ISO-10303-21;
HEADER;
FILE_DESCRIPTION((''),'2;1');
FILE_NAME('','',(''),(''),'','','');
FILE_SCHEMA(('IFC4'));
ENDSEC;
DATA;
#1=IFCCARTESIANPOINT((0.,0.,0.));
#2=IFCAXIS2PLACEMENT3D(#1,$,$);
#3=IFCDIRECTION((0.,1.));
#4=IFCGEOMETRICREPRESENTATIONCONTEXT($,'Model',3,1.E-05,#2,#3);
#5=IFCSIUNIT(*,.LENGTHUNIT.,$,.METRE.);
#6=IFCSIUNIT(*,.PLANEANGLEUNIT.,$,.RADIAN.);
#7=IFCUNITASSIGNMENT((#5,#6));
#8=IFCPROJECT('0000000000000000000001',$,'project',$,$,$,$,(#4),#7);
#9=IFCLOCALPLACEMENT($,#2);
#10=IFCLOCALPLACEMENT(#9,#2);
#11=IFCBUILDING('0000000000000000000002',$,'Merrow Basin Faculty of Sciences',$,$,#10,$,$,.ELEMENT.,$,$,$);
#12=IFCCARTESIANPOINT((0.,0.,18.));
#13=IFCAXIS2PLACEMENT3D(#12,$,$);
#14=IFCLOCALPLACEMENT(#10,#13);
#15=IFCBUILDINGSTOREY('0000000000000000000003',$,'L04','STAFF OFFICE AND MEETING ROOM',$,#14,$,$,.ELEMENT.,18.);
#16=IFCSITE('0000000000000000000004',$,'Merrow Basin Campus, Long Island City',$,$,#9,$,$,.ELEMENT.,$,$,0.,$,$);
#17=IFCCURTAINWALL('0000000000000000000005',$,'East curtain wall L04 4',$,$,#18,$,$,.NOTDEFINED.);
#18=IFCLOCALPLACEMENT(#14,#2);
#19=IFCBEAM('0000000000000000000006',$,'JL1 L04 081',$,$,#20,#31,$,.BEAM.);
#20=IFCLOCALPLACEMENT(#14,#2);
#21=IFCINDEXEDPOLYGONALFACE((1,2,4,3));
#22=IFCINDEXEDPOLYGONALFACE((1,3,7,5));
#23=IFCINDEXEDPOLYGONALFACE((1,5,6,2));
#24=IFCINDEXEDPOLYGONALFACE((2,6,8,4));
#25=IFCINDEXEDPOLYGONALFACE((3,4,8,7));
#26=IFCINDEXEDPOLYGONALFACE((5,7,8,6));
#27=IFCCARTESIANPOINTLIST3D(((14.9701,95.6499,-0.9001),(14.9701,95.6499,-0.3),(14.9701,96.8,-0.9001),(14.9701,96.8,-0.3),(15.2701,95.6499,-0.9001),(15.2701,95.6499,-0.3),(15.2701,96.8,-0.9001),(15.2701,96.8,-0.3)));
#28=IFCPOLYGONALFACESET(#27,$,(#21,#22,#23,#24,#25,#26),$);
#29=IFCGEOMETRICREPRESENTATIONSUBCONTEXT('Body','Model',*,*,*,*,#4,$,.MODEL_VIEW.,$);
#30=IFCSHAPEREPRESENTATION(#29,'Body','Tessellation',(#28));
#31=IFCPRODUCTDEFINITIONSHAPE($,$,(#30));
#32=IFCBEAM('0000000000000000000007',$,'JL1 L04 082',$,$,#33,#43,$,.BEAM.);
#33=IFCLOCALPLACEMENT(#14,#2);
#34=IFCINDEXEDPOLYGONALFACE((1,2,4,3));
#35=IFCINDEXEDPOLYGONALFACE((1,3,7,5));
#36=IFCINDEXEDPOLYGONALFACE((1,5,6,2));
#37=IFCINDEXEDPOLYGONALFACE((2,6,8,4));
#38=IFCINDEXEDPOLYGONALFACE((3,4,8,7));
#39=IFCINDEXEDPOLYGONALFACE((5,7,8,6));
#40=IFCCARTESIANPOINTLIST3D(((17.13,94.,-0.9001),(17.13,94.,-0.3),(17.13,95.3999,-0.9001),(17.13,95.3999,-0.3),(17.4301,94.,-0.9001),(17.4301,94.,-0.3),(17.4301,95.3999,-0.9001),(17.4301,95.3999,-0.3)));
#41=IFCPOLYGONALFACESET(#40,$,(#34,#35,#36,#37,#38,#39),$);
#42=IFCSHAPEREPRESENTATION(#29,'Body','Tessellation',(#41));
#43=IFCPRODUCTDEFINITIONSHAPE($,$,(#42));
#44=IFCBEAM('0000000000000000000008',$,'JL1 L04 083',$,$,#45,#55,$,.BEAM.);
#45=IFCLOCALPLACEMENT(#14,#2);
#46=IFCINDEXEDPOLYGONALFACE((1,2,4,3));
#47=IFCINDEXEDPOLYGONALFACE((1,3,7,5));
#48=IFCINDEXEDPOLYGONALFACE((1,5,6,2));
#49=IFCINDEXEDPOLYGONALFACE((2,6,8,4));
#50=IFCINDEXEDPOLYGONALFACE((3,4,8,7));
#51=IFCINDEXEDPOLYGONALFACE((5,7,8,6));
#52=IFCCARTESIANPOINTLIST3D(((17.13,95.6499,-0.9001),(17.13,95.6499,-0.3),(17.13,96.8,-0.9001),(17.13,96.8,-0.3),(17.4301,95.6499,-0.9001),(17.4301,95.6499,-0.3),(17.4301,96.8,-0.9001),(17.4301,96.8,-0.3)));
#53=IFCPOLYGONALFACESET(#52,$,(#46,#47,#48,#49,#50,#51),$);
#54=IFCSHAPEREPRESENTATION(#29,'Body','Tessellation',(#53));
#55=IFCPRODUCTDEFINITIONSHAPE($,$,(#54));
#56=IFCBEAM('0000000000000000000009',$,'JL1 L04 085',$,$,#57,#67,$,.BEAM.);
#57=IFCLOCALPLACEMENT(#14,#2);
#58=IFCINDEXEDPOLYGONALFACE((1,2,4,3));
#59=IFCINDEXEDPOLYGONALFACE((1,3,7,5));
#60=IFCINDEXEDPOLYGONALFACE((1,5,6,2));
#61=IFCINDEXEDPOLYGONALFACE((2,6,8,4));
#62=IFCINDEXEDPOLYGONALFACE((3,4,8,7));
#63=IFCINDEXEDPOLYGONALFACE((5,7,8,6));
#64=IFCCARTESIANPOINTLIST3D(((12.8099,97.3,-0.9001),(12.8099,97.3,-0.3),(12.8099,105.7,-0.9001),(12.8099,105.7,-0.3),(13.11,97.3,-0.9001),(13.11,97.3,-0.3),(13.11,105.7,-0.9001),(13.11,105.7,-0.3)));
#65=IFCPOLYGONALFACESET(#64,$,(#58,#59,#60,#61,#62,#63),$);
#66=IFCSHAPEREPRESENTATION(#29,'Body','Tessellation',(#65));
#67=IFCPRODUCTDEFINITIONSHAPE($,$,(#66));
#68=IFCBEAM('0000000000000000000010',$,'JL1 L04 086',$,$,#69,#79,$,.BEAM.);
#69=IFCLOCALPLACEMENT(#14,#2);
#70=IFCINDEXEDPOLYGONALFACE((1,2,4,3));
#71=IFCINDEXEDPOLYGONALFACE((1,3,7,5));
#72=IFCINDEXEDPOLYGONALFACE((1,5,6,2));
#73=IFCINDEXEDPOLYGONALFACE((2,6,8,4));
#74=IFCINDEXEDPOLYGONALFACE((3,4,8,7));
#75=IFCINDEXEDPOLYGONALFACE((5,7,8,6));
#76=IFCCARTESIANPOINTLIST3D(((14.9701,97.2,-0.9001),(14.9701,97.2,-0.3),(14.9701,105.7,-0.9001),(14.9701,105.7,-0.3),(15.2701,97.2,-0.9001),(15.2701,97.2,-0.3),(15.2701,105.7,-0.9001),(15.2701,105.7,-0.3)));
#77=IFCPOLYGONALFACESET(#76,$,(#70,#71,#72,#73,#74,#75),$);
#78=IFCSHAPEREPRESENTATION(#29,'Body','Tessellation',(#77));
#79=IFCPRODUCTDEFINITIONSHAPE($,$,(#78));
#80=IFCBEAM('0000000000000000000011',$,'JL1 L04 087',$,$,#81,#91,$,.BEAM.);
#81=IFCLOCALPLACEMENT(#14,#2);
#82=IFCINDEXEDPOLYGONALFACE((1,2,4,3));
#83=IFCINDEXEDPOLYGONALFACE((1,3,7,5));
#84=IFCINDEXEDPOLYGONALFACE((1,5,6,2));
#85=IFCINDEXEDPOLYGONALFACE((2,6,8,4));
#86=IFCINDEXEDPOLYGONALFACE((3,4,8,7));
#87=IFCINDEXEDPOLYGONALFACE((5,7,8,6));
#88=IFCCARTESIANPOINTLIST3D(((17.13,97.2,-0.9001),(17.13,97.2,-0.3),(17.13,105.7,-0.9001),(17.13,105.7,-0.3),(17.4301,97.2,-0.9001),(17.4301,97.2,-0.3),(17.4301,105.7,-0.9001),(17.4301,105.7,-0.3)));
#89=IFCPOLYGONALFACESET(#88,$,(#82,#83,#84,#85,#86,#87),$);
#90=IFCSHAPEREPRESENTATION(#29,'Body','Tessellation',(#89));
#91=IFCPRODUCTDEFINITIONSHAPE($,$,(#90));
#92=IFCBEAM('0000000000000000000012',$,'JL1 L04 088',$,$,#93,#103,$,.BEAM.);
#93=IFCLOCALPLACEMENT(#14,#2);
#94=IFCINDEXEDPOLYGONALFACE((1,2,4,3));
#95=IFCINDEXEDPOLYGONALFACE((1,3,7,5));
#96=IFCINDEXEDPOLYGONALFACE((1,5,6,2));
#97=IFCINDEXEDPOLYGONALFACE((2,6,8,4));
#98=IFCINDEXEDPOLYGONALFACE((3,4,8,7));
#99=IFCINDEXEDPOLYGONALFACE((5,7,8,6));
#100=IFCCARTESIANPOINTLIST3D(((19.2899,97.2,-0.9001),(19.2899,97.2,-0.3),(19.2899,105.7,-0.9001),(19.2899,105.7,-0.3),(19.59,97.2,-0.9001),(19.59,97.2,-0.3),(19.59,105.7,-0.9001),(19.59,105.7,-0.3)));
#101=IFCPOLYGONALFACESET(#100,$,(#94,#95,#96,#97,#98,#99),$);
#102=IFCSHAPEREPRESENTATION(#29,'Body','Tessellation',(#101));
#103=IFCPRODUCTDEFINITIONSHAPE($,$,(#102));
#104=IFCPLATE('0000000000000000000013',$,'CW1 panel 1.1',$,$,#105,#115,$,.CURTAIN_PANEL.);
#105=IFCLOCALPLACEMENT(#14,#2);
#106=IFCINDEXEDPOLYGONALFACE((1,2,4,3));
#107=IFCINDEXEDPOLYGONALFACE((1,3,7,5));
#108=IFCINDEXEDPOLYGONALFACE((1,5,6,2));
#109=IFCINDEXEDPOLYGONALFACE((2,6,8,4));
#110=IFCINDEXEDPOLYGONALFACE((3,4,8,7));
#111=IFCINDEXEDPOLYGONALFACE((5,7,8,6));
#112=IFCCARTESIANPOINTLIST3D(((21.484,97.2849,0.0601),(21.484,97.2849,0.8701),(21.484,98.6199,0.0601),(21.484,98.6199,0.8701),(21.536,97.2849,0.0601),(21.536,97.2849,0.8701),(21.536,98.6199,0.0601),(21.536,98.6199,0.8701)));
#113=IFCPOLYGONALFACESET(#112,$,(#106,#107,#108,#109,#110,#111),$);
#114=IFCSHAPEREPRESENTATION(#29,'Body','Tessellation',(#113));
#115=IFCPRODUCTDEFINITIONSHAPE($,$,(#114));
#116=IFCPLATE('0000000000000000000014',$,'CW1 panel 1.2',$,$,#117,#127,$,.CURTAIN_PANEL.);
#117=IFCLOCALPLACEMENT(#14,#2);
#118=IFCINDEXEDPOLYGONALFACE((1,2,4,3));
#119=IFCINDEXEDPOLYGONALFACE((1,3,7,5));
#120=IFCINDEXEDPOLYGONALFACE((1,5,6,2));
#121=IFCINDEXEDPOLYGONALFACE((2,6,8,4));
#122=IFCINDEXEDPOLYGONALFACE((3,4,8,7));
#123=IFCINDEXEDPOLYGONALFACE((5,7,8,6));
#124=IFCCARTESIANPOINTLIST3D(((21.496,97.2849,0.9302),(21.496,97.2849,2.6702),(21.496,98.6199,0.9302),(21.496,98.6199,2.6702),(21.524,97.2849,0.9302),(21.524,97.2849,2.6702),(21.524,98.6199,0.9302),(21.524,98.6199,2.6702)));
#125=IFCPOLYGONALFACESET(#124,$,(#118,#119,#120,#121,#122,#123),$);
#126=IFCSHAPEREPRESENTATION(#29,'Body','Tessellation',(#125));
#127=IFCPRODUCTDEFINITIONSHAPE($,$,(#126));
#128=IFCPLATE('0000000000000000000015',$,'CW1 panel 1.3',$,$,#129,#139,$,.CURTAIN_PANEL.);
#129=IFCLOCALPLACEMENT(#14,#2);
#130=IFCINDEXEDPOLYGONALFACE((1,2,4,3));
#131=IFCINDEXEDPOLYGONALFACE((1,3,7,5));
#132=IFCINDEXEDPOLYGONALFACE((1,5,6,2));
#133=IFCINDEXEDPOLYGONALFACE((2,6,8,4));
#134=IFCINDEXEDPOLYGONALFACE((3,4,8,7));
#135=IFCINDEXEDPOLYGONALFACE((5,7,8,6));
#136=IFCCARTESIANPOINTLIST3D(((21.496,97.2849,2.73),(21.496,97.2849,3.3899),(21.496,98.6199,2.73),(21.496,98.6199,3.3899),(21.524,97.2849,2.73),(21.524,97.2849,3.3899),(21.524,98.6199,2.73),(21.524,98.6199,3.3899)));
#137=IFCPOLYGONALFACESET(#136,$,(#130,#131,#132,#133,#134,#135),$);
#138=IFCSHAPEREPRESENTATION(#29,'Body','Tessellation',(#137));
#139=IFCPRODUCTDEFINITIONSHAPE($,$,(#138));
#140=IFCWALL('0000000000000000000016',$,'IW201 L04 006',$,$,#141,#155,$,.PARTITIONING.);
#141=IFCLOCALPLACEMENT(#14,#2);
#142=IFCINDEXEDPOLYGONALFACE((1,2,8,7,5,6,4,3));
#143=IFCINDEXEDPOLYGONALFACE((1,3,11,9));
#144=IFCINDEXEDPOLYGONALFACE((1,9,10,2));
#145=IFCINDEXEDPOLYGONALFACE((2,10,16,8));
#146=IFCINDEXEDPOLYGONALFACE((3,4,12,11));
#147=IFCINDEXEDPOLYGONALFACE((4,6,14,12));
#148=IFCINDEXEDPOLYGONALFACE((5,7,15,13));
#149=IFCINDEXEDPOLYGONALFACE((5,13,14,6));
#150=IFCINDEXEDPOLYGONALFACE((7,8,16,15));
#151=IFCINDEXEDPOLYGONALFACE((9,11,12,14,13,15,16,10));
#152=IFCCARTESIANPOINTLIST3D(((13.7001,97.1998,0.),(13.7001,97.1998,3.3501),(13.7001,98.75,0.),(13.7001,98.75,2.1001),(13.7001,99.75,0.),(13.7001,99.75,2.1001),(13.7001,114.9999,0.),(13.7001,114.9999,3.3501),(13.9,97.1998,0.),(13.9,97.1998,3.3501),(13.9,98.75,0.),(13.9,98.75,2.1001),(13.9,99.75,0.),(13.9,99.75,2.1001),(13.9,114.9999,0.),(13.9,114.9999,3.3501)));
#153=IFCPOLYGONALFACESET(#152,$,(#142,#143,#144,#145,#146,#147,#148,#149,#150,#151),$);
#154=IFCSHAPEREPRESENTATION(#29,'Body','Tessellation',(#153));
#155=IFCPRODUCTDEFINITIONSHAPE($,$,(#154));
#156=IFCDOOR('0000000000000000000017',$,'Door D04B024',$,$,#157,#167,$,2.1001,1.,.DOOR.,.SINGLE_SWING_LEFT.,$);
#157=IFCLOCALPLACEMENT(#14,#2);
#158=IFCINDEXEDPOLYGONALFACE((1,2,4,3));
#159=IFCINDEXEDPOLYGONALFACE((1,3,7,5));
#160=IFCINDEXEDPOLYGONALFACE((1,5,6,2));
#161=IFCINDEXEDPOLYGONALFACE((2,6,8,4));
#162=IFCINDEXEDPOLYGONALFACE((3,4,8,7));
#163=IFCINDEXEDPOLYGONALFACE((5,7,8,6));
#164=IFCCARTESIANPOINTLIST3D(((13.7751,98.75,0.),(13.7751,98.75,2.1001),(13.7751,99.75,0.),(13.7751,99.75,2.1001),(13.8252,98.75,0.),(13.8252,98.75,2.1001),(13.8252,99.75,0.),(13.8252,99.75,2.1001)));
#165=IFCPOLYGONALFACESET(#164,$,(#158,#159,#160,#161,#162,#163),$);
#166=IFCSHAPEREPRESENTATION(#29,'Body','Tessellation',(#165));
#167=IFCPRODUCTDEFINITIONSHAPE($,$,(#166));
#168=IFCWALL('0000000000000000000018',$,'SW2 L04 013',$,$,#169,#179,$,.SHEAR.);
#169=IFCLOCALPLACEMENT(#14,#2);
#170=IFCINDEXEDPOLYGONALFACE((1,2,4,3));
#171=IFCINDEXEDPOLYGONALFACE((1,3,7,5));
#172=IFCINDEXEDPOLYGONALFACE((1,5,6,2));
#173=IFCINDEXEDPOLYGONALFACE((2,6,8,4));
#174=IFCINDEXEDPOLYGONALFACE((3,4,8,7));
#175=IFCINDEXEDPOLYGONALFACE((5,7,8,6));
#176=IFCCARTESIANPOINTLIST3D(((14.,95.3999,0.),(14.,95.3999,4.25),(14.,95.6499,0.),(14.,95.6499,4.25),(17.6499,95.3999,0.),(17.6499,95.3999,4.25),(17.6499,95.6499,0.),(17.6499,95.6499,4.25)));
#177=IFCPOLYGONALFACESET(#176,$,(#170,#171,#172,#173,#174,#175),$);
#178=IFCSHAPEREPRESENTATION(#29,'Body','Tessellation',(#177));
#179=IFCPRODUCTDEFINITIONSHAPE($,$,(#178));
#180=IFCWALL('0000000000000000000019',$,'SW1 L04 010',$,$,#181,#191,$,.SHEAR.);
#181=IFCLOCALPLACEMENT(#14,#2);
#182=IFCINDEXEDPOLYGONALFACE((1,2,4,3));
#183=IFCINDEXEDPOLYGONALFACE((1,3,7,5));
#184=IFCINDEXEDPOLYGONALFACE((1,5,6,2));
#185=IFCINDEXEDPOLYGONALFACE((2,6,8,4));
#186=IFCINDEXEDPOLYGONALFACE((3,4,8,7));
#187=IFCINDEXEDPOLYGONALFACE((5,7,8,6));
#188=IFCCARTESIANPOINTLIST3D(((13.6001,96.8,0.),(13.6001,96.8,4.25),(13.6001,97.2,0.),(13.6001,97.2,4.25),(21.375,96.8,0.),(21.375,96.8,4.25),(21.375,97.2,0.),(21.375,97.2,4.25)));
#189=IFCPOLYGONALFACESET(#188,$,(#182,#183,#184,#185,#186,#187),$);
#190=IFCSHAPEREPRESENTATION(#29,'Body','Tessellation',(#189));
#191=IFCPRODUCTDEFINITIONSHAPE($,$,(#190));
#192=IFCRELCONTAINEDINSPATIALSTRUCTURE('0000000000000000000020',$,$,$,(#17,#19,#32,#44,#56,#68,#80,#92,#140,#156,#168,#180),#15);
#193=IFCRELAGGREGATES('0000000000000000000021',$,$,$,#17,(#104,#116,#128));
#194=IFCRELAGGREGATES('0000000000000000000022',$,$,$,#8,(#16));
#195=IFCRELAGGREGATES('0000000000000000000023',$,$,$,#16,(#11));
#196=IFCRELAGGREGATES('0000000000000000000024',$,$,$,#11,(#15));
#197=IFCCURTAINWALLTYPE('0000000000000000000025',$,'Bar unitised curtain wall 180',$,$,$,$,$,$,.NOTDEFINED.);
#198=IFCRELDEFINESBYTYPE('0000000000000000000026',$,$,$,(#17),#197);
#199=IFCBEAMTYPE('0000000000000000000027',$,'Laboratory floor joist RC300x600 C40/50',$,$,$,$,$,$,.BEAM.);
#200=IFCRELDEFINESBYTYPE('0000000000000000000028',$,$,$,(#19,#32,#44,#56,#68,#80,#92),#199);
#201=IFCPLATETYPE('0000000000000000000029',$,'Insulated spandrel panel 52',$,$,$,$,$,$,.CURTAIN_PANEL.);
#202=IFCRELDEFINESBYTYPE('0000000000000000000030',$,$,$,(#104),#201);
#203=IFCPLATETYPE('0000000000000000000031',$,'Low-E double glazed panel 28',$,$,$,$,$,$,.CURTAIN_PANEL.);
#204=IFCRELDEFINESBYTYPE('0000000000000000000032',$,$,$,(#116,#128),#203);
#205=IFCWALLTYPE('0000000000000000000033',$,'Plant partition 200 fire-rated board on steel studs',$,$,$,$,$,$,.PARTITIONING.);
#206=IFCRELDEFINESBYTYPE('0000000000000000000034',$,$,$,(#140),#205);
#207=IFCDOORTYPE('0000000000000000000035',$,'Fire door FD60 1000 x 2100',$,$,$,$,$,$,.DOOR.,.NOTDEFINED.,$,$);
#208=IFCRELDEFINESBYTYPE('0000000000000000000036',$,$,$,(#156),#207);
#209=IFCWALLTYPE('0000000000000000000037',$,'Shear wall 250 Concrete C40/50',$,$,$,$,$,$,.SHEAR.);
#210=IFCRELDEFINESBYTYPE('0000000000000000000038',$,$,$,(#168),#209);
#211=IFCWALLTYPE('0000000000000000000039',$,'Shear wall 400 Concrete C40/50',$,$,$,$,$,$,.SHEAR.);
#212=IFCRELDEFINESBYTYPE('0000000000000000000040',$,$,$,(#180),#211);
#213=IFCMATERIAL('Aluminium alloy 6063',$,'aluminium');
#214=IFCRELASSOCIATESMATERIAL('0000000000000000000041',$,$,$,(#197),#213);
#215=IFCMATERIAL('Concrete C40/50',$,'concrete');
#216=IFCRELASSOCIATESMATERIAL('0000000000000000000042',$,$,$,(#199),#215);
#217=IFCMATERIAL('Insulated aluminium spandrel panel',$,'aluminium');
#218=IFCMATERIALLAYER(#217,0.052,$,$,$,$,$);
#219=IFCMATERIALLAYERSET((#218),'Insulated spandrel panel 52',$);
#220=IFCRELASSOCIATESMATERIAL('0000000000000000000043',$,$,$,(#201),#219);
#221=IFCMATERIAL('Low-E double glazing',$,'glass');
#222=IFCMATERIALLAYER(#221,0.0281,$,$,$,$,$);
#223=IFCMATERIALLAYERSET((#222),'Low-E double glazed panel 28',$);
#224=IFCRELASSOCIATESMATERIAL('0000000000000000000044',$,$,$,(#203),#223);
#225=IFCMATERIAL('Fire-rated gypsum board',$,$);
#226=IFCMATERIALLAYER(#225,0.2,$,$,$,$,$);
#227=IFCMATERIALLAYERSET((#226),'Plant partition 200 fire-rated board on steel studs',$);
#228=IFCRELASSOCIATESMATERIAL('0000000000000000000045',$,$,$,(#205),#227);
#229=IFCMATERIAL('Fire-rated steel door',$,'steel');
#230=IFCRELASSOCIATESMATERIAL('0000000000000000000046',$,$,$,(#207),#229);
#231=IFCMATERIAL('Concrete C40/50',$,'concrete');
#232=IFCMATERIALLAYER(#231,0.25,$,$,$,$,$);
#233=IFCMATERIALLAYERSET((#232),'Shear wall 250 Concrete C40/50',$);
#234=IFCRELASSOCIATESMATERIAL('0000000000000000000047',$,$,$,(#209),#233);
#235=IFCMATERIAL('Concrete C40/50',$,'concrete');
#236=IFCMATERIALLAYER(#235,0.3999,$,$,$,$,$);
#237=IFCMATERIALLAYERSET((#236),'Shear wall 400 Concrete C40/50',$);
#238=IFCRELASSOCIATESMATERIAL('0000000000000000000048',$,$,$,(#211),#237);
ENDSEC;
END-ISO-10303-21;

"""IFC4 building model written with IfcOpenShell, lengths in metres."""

from ifc_helpers import new_model, si_unit, direction, frame, frame_2d, origin, origin_2d, place, context, subcontext, project, spatial, rectangle, extrude, material, layer, layer_set, material_profile, profile_set, type_object, element, fill, aggregate, save


model = new_model("IFC4")

# Units and contexts
model_context = context("Model", 3, precision=1e-05, world=origin(), true_north=direction((0.0, 1.0)))
body_context = subcontext(model_context, "Body", "Model", "MODEL_VIEW")
ifc_project = project(units=[si_unit("LENGTHUNIT", "METRE"), si_unit("PLANEANGLEUNIT", "RADIAN")], contexts=[model_context])

# Site, building, storey
site_placement = place(None, origin())
site = spatial("IfcSite", under=ifc_project, at=site_placement, Name="Merrow Basin Campus, Long Island City", CompositionType="ELEMENT", RefElevation=0.0)
building_placement = place(site_placement, origin())
building = spatial("IfcBuilding", under=site, at=building_placement, Name="Merrow Basin Faculty of Sciences", CompositionType="ELEMENT")
storey_placement = place(building_placement, frame((0.0, 0.0, 18.0)))
storey = spatial("IfcBuildingStorey", under=building, at=storey_placement, Name="L04", Description="STAFF OFFICE AND MEETING ROOM", CompositionType="ELEMENT", Elevation=18.0)

# Curtain wall
ifc_material_1 = material(Name="Aluminium alloy 6063", Category="aluminium")
curtain_wall_type = type_object("IfcCurtainWallType", Name="Bar unitised curtain wall 180", PredefinedType="NOTDEFINED", material=ifc_material_1)
curtain_wall_placement = place(storey_placement, origin())
curtain_wall = element("IfcCurtainWall", 1, at=curtain_wall_placement, inside=storey, type_object=curtain_wall_type, Name="East curtain wall L04 4", PredefinedType="NOTDEFINED")

# Beams
ifc_material_2 = material(Name="Concrete C40/50", Category="concrete")
ifc_material_profile_1 = material_profile(ifc_material_2, rectangle(XDim=0.3, YDim=0.6001, at=origin_2d()))
ifc_profile_set_1 = profile_set([ifc_material_profile_1], Name="Concrete C40/50")
beam_type_1 = type_object("IfcBeamType", Name="Laboratory floor joist RC300x600 C40/50", PredefinedType="BEAM", material=ifc_profile_set_1)
beam_1_placement = place(storey_placement, frame((15.1201, 95.6499, -0.6001), z_axis=(0.0, 1.0, 0.0), x_axis=(-1.0, 0.0, 0.0)))
element("IfcBeam", 2, at=beam_1_placement, inside=storey, type_object=beam_type_1, Name="JL1 L04 081", PredefinedType="BEAM", context=body_context, shape_type="SweptSolid", body=[
    extrude(rectangle(XDim=0.3, YDim=0.6001, at=origin_2d()), origin(), (0.0, 0.0, 1.0), 1.1501),
])
beam_2_placement = place(storey_placement, frame((17.28, 94.0, -0.6001), z_axis=(0.0, 1.0, 0.0), x_axis=(-1.0, 0.0, 0.0)))
element("IfcBeam", 3, at=beam_2_placement, inside=storey, type_object=beam_type_1, Name="JL1 L04 082", PredefinedType="BEAM", context=body_context, shape_type="SweptSolid", body=[
    extrude(rectangle(XDim=0.3, YDim=0.6001, at=origin_2d()), origin(), (0.0, 0.0, 1.0), 1.3999),
])
beam_3_placement = place(storey_placement, frame((17.28, 95.6499, -0.6001), z_axis=(0.0, 1.0, 0.0), x_axis=(-1.0, 0.0, 0.0)))
element("IfcBeam", 4, at=beam_3_placement, inside=storey, type_object=beam_type_1, Name="JL1 L04 083", PredefinedType="BEAM", context=body_context, shape_type="SweptSolid", body=[
    extrude(rectangle(XDim=0.3, YDim=0.6001, at=origin_2d()), origin(), (0.0, 0.0, 1.0), 1.1501),
])
beam_4_placement = place(storey_placement, frame((12.96, 97.3, -0.6001), z_axis=(0.0, 1.0, 0.0), x_axis=(-1.0, 0.0, 0.0)))
element("IfcBeam", 5, at=beam_4_placement, inside=storey, type_object=beam_type_1, Name="JL1 L04 085", PredefinedType="BEAM", context=body_context, shape_type="SweptSolid", body=[
    extrude(rectangle(XDim=0.3, YDim=0.6001, at=origin_2d()), origin(), (0.0, 0.0, 1.0), 8.3999),
])
for number, where, z_axis, x_axis, name in (
    (6, (15.1201, 97.2, -0.6001), (0.0, 1.0, 0.0), (-1.0, 0.0, 0.0), "JL1 L04 086"),
    (7, (17.28, 97.2, -0.6001), (0.0, 1.0, 0.0), (-1.0, 0.0, 0.0), "JL1 L04 087"),
    (8, (19.4399, 97.2, -0.6001), (0.0, 1.0, 0.0), (-1.0, 0.0, 0.0), "JL1 L04 088"),
):
    element("IfcBeam", number, at=place(storey_placement, frame(where, z_axis=z_axis, x_axis=x_axis)), inside=storey, type_object=beam_type_1, Name=name, PredefinedType="BEAM", context=body_context, shape_type="SweptSolid", body=[
        extrude(rectangle(XDim=0.3, YDim=0.6001, at=origin_2d()), origin(), (0.0, 0.0, 1.0), 8.5),
    ])

# Plates
ifc_material_3 = material(Name="Insulated aluminium spandrel panel", Category="aluminium")
ifc_layer_1 = layer(ifc_material_3, 0.052)
ifc_layer_set_1 = layer_set([ifc_layer_1], Name="Insulated spandrel panel 52")
plate_type_1 = type_object("IfcPlateType", Name="Insulated spandrel panel 52", PredefinedType="CURTAIN_PANEL", material=ifc_layer_set_1)
plate_1_placement = place(storey_placement, frame((21.51, 97.9524, 0.0601), z_axis=(0.0, 0.0, 1.0), x_axis=(0.0, 1.0, 0.0)))
plate_1 = element("IfcPlate", 9, at=plate_1_placement, type_object=plate_type_1, Name="CW1 panel 1.1", PredefinedType="CURTAIN_PANEL", context=body_context, shape_type="SweptSolid", body=[
    extrude(rectangle(XDim=1.335, YDim=0.052, at=origin_2d()), origin(), (0.0, 0.0, 1.0), 0.8101),
])
ifc_material_4 = material(Name="Low-E double glazing", Category="glass")
ifc_layer_2 = layer(ifc_material_4, 0.0281)
ifc_layer_set_2 = layer_set([ifc_layer_2], Name="Low-E double glazed panel 28")
plate_type_2 = type_object("IfcPlateType", Name="Low-E double glazed panel 28", PredefinedType="CURTAIN_PANEL", material=ifc_layer_set_2)
plate_2_placement = place(storey_placement, frame((21.51, 97.9524, 0.9302), z_axis=(0.0, 0.0, 1.0), x_axis=(0.0, 1.0, 0.0)))
plate_2 = element("IfcPlate", 10, at=plate_2_placement, type_object=plate_type_2, Name="CW1 panel 1.2", PredefinedType="CURTAIN_PANEL", context=body_context, shape_type="SweptSolid", body=[
    extrude(rectangle(XDim=1.335, YDim=0.0281, at=origin_2d()), origin(), (0.0, 0.0, 1.0), 1.74),
])
plate_3_placement = place(storey_placement, frame((21.51, 97.9524, 2.73), z_axis=(0.0, 0.0, 1.0), x_axis=(0.0, 1.0, 0.0)))
plate_3 = element("IfcPlate", 11, at=plate_3_placement, type_object=plate_type_2, Name="CW1 panel 1.3", PredefinedType="CURTAIN_PANEL", context=body_context, shape_type="SweptSolid", body=[
    extrude(rectangle(XDim=1.335, YDim=0.0281, at=origin_2d()), origin(), (0.0, 0.0, 1.0), 0.6599),
])
aggregate(curtain_wall, [plate_1, plate_2, plate_3])

# Wall, opening, door
ifc_material_5 = material(Name="Fire-rated gypsum board")
ifc_layer_3 = layer(ifc_material_5, 0.2)
ifc_layer_set_3 = layer_set([ifc_layer_3], Name="Plant partition 200 fire-rated board on steel studs")
wall_type_1 = type_object("IfcWallType", Name="Plant partition 200 fire-rated board on steel studs", PredefinedType="PARTITIONING", material=ifc_layer_set_3)
wall_1_placement = place(storey_placement, frame((13.8, 97.2, 0.0), z_axis=(0.0, 0.0, 1.0), x_axis=(0.0, 1.0, 0.0)))
wall_1 = element("IfcWall", 12, at=wall_1_placement, inside=storey, type_object=wall_type_1, Name="IW201 L04 006", PredefinedType="PARTITIONING", context=body_context, shape_type="SweptSolid", body=[
    extrude(rectangle(XDim=17.8, YDim=0.2, at=frame_2d((8.8999, 0.0))), origin(), (0.0, 0.0, 1.0), 3.3501),
])
opening_placement = place(wall_1_placement, frame((1.55, 0.0, 0.0)))
opening = element("IfcOpeningElement", 13, at=opening_placement, cuts=wall_1, PredefinedType="OPENING", context=body_context, shape_type="SweptSolid", body=[
    extrude(rectangle(XDim=1.0, YDim=2.1001, at=frame_2d((0.5, 1.05))), frame((0.0, 0.1099, 0.0), z_axis=(0.0, -1.0, 0.0), x_axis=(1.0, 0.0, 0.0)), (0.0, 0.0, 1.0), 0.22),
])
ifc_material_6 = material(Name="Fire-rated steel door", Category="steel")
door_type = type_object("IfcDoorType", Name="Fire door FD60 1000 x 2100", OperationType="NOTDEFINED", PredefinedType="DOOR", material=ifc_material_6)
door_placement = place(opening_placement, origin())
door = element("IfcDoor", 14, at=door_placement, inside=storey, type_object=door_type, Name="Door D04B024", OperationType="SINGLE_SWING_LEFT", OverallHeight=2.1001, OverallWidth=1.0, PredefinedType="DOOR", context=body_context, shape_type="SweptSolid", body=[
    extrude(rectangle(XDim=1.0, YDim=2.1001, at=frame_2d((0.5, 1.05))), frame((0.0, 0.0249, 0.0), z_axis=(0.0, -1.0, 0.0), x_axis=(1.0, 0.0, 0.0)), (0.0, 0.0, 1.0), 0.05),
])
fill(opening, door)

# Walls
ifc_material_7 = material(Name="Concrete C40/50", Category="concrete")
ifc_layer_4 = layer(ifc_material_7, 0.25)
ifc_layer_set_4 = layer_set([ifc_layer_4], Name="Shear wall 250 Concrete C40/50")
wall_type_2 = type_object("IfcWallType", Name="Shear wall 250 Concrete C40/50", PredefinedType="SHEAR", material=ifc_layer_set_4)
wall_2_placement = place(storey_placement, frame((14.0, 95.5249, 0.0), z_axis=(0.0, 0.0, 1.0), x_axis=(1.0, 0.0, 0.0)))
element("IfcWall", 15, at=wall_2_placement, inside=storey, type_object=wall_type_2, Name="SW2 L04 013", PredefinedType="SHEAR", context=body_context, shape_type="SweptSolid", body=[
    extrude(rectangle(XDim=3.6499, YDim=0.25, at=frame_2d((1.825, 0.0))), origin(), (0.0, 0.0, 1.0), 4.25),
])
ifc_material_8 = material(Name="Concrete C40/50", Category="concrete")
ifc_layer_5 = layer(ifc_material_8, 0.3999)
ifc_layer_set_5 = layer_set([ifc_layer_5], Name="Shear wall 400 Concrete C40/50")
wall_type_3 = type_object("IfcWallType", Name="Shear wall 400 Concrete C40/50", PredefinedType="SHEAR", material=ifc_layer_set_5)
wall_3_placement = place(storey_placement, frame((13.6001, 97.0, 0.0), z_axis=(0.0, 0.0, 1.0), x_axis=(1.0, 0.0, 0.0)))
element("IfcWall", 16, at=wall_3_placement, inside=storey, type_object=wall_type_3, Name="SW1 L04 010", PredefinedType="SHEAR", context=body_context, shape_type="SweptSolid", body=[
    extrude(rectangle(XDim=7.7749, YDim=0.3999, at=frame_2d((3.8875, 0.0))), origin(), (0.0, 0.0, 1.0), 4.25),
])

save(model, "model.ifc")
